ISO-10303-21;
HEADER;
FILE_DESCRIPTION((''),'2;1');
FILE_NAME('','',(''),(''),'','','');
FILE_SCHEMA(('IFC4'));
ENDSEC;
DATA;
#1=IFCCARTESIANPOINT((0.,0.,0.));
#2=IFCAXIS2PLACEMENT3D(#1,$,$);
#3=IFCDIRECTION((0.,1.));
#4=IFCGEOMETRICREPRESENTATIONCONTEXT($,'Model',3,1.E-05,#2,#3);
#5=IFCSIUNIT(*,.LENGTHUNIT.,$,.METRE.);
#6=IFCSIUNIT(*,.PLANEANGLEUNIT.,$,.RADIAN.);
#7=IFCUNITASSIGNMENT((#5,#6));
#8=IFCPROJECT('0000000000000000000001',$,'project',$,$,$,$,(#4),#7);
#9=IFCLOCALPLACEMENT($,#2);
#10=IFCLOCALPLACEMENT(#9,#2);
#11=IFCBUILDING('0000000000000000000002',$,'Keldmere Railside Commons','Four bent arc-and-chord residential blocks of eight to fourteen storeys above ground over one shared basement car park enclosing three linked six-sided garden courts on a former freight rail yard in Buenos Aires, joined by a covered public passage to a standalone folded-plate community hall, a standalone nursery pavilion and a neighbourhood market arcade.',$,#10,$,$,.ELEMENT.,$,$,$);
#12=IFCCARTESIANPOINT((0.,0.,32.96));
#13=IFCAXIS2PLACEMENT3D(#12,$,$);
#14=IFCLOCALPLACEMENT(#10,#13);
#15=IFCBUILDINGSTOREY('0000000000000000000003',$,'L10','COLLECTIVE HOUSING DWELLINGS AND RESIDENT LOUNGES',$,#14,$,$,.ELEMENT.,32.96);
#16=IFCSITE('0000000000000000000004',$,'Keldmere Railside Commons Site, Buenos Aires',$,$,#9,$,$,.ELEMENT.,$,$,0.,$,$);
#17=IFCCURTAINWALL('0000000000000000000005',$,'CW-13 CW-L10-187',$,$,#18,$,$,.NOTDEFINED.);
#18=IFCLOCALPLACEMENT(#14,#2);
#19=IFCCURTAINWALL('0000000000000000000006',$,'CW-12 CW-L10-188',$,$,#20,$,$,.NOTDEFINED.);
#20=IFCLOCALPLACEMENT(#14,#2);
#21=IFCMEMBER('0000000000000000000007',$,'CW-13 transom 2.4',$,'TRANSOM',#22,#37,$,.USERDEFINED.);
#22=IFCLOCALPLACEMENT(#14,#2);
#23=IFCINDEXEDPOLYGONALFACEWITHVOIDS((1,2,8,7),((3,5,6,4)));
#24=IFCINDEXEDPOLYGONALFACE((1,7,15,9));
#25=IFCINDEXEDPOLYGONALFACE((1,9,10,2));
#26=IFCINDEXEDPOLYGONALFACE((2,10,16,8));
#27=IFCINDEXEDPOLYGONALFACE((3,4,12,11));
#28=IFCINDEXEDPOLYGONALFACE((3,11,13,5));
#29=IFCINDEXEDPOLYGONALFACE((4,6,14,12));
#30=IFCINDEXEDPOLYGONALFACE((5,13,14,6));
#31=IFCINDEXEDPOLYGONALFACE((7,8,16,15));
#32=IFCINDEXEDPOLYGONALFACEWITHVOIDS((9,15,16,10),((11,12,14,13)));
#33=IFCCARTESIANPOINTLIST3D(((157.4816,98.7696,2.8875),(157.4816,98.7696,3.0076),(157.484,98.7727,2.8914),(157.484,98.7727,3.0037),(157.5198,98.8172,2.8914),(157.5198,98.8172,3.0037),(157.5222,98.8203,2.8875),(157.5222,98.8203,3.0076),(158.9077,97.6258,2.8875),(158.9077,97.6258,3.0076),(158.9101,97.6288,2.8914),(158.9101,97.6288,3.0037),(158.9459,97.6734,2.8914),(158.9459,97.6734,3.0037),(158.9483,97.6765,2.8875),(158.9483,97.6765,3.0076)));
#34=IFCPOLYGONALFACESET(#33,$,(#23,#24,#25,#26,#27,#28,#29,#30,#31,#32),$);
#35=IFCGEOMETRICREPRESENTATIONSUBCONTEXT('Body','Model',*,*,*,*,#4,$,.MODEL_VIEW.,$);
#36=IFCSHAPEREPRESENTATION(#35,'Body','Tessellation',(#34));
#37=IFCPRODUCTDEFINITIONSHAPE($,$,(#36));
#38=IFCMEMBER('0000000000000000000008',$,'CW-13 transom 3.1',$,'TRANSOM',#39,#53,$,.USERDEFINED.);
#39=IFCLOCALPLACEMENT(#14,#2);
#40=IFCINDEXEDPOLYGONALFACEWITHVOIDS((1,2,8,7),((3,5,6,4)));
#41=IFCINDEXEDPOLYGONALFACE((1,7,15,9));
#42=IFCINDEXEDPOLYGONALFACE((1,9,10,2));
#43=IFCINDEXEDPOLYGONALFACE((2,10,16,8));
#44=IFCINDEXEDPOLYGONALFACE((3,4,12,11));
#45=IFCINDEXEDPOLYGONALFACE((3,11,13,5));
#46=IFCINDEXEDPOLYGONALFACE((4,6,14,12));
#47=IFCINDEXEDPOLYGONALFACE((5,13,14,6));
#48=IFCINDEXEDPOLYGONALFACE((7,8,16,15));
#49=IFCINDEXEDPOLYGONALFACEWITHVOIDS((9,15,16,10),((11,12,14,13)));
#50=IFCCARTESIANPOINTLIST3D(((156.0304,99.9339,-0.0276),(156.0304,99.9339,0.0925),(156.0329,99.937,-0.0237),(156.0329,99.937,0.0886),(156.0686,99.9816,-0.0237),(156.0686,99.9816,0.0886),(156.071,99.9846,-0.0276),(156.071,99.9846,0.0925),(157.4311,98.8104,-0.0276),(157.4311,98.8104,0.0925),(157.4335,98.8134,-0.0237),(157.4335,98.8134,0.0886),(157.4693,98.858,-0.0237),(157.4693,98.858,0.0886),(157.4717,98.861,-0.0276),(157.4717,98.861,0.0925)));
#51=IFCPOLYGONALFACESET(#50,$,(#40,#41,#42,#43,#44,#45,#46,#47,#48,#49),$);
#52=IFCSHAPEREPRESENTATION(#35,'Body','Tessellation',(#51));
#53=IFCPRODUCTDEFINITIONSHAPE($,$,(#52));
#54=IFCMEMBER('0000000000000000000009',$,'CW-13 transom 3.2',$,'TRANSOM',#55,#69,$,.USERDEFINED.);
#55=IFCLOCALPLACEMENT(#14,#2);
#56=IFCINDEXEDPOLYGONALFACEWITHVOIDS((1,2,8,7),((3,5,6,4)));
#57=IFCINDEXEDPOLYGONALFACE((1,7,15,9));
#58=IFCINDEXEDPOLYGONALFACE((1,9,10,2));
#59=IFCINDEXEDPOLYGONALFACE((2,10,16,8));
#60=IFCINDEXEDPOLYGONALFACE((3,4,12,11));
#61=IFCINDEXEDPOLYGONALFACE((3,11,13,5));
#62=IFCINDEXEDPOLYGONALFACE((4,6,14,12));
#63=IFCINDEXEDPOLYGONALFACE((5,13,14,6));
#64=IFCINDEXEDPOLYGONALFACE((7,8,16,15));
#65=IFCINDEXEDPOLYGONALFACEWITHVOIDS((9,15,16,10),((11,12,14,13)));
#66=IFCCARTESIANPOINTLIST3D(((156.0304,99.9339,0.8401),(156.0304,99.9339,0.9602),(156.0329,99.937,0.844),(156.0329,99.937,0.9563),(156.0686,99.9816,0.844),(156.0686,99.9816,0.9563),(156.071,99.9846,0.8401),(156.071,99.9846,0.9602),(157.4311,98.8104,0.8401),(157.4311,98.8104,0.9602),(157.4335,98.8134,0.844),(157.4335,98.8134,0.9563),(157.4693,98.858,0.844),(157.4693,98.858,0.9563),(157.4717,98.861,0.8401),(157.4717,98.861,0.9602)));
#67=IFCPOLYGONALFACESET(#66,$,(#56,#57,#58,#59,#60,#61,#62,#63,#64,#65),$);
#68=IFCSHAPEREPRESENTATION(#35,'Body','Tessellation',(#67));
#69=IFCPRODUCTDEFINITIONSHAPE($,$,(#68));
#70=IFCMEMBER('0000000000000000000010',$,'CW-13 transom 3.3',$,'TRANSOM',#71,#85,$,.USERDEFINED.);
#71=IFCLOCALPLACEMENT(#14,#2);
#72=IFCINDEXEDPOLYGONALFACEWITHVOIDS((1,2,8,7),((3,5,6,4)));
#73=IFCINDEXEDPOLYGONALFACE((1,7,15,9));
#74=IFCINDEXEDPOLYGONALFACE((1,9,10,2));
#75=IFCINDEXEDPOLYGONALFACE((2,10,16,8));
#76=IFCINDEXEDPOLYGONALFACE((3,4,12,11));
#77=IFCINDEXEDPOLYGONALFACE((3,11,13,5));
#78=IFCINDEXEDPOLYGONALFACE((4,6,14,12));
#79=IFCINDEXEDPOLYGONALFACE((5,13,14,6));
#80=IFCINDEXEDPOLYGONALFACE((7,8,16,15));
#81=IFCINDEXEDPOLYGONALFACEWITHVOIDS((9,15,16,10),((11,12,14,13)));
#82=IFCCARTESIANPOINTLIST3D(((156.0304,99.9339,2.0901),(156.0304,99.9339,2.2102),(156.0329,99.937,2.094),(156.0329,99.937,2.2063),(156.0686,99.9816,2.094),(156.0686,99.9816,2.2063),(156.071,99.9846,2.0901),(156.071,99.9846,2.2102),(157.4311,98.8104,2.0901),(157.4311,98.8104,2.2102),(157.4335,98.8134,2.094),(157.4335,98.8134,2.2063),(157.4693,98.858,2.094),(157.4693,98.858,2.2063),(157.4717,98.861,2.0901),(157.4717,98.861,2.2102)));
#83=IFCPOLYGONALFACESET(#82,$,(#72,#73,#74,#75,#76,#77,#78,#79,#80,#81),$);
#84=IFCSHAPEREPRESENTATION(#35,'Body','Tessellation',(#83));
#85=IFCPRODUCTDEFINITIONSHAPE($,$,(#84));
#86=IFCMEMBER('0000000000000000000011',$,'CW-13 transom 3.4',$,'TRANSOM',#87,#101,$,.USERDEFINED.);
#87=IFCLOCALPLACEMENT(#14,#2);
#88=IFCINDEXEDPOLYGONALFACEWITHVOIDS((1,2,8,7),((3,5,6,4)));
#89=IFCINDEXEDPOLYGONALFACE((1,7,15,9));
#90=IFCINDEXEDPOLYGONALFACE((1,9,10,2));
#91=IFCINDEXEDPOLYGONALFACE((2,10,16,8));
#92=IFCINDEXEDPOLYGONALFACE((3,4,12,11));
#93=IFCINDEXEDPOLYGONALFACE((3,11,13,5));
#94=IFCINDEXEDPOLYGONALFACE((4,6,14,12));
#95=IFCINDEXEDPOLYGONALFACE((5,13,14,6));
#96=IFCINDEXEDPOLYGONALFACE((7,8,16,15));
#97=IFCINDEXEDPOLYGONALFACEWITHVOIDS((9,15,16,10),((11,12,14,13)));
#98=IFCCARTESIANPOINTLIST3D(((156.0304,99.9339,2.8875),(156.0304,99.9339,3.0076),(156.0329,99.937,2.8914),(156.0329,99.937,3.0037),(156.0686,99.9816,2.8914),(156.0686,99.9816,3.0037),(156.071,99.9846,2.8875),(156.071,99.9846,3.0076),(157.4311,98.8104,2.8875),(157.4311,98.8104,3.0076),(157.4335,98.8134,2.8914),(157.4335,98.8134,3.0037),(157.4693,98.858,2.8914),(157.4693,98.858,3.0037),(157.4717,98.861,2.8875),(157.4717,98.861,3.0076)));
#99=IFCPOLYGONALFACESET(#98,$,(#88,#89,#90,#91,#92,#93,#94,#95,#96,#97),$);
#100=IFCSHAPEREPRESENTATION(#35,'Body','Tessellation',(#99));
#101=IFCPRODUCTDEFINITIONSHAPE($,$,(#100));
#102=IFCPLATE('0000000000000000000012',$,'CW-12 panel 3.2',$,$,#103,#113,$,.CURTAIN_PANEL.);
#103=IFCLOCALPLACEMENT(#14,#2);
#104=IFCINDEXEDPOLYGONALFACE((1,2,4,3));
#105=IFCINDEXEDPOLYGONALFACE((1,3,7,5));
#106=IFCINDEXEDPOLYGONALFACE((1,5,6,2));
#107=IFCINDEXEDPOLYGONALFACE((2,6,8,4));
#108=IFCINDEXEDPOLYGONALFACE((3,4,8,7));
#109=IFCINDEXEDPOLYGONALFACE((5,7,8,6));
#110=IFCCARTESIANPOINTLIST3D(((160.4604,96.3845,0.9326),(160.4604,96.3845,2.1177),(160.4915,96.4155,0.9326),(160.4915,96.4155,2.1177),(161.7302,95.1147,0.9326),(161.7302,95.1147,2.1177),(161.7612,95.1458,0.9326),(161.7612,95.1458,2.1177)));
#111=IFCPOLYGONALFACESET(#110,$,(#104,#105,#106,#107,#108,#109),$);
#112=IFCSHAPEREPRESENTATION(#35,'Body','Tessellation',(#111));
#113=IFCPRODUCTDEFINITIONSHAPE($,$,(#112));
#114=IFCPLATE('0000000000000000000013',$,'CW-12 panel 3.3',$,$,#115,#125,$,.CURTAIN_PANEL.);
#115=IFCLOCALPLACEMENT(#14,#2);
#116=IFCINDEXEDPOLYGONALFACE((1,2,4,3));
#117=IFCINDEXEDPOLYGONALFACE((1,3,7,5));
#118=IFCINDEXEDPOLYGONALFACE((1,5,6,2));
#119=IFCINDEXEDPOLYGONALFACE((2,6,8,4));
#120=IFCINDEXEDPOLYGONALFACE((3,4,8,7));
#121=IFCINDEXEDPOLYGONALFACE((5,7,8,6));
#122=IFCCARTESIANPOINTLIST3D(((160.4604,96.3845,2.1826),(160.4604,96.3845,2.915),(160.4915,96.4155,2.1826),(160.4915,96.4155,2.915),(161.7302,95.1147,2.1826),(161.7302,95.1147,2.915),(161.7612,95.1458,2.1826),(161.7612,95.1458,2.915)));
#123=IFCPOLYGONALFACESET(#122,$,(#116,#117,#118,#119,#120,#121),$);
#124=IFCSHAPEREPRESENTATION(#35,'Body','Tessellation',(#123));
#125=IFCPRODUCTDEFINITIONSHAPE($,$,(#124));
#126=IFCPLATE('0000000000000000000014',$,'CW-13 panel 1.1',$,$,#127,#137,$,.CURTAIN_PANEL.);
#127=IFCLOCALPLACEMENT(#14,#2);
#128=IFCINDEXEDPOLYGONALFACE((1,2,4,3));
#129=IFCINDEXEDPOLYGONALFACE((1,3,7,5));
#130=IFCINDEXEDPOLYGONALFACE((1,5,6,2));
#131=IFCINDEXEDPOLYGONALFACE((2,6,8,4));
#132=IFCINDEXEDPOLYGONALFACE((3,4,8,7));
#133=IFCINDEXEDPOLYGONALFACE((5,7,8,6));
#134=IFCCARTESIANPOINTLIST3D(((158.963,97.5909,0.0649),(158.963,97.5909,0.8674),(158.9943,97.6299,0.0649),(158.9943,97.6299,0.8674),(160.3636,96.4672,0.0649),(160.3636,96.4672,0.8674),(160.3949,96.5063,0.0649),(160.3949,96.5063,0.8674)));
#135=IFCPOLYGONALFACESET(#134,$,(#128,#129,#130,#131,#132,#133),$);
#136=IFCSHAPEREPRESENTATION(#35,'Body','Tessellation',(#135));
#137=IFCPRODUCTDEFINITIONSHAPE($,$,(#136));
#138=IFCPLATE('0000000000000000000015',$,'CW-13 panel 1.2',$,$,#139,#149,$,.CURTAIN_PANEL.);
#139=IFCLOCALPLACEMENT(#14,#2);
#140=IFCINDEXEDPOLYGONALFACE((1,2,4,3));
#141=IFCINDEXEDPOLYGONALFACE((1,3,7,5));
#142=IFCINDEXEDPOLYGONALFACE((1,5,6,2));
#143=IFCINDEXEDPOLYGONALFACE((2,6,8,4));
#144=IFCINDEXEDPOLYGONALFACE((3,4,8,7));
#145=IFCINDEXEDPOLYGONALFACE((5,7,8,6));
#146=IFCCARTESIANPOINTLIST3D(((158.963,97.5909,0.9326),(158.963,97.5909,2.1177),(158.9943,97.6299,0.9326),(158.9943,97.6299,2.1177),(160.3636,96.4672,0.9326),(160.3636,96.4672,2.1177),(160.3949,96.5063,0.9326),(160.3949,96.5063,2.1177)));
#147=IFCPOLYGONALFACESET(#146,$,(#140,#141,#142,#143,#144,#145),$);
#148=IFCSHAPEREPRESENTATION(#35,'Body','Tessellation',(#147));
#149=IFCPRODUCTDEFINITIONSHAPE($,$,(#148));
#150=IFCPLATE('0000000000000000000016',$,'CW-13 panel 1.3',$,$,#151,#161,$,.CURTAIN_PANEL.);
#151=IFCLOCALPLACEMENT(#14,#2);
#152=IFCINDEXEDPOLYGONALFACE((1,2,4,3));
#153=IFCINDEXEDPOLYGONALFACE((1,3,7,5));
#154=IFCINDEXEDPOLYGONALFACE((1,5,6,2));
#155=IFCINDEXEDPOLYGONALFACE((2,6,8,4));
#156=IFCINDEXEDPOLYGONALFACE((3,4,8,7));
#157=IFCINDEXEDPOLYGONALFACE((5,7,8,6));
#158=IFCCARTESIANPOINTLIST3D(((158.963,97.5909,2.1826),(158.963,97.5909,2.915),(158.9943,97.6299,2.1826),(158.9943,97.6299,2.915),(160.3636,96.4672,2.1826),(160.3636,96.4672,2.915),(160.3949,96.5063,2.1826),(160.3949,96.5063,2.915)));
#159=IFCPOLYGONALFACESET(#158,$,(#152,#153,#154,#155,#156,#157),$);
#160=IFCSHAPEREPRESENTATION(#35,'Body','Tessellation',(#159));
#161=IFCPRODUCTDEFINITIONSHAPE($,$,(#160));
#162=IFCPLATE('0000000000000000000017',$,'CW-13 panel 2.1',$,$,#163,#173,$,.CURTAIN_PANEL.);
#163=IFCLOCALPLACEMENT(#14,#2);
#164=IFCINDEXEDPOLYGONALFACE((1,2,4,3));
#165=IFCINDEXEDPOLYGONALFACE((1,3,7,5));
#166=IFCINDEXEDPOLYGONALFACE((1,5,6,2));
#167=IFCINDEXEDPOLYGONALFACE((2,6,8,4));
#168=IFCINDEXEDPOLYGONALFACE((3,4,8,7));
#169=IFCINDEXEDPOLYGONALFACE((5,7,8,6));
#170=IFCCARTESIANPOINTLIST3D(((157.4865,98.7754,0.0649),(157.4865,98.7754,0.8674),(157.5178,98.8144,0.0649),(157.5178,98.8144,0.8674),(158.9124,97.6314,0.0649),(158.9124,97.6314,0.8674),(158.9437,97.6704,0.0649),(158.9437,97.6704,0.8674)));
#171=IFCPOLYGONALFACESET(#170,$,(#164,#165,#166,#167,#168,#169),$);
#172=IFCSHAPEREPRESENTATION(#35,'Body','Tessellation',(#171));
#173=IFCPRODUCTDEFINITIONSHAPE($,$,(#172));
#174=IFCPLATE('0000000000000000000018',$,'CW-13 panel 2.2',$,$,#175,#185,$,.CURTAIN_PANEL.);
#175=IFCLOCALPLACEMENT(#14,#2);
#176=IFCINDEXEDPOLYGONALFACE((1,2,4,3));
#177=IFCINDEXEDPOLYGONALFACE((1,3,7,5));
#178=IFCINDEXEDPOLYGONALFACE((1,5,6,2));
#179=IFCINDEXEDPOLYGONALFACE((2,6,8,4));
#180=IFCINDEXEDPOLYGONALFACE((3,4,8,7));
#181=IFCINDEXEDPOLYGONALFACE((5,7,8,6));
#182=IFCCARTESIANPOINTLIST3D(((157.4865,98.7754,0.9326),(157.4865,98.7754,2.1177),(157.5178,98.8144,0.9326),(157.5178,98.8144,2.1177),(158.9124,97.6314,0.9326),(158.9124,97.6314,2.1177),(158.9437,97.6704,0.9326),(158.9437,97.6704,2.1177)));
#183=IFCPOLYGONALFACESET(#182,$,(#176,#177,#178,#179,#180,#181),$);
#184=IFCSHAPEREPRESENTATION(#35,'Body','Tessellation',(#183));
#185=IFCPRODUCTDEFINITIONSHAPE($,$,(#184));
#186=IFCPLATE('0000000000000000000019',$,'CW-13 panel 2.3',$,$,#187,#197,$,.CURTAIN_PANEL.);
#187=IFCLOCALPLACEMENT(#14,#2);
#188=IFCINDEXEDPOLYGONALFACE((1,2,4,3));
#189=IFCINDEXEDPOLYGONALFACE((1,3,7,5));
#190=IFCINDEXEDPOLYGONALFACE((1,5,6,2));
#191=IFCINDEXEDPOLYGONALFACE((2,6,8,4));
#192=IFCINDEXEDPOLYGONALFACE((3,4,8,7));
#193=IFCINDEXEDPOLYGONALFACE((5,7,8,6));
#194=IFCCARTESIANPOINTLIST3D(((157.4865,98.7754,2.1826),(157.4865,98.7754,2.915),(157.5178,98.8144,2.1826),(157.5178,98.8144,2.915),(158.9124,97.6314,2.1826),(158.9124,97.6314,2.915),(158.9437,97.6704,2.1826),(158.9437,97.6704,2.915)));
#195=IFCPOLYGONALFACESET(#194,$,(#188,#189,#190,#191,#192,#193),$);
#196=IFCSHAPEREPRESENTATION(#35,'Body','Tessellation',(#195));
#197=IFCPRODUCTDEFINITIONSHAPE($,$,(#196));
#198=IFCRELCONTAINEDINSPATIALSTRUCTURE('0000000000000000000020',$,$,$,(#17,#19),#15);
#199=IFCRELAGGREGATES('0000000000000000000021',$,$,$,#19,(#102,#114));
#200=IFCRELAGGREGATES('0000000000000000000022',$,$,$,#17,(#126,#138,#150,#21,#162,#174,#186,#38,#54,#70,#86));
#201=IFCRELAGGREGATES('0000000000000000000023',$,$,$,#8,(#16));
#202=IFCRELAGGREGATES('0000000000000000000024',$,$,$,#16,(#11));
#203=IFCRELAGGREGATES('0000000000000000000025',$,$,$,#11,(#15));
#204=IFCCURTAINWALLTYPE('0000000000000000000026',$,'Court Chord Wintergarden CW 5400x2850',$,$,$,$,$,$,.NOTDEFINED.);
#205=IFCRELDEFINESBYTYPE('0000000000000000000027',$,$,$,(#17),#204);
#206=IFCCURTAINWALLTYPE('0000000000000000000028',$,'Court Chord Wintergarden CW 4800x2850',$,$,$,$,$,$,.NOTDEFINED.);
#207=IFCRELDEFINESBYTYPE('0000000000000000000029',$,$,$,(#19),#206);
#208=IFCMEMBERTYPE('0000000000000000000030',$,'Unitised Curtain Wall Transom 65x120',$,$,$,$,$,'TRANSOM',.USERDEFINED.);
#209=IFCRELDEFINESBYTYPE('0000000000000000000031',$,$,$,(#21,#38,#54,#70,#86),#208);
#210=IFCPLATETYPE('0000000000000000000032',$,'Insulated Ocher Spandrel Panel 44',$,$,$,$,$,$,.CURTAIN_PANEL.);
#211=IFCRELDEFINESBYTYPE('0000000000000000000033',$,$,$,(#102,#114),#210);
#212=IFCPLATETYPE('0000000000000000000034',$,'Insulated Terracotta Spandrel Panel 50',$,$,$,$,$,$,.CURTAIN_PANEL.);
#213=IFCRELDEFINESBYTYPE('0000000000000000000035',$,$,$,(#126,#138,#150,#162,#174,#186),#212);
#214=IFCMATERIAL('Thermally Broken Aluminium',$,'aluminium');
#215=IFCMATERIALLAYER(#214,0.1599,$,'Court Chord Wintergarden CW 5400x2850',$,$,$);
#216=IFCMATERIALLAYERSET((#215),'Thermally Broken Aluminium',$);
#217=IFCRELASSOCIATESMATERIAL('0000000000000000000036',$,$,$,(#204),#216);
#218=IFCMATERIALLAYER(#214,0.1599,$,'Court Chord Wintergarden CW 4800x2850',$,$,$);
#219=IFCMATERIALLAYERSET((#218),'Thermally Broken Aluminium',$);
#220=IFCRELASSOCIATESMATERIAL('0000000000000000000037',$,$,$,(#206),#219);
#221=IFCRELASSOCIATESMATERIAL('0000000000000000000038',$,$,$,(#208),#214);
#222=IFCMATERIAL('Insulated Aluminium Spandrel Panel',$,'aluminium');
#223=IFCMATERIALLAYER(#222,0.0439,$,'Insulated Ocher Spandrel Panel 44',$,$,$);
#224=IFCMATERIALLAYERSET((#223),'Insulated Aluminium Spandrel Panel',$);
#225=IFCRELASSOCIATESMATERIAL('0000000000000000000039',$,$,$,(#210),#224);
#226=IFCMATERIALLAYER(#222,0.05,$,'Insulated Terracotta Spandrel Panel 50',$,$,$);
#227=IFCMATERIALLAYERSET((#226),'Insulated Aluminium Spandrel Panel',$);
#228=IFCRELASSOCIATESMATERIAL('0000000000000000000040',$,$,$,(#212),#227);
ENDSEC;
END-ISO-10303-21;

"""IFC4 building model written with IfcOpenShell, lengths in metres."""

from ifc_helpers import new_model, si_unit, direction, frame, origin, origin_2d, place, context, subcontext, project, spatial, rectangle, hollow_rectangle, extrude, material, layer, layer_set, material_profile, profile_set, type_object, element, aggregate, save


model = new_model("IFC4")

# Units and contexts
model_context = context("Model", 3, precision=1e-05, world=origin(), true_north=direction((0.0, 1.0)))
body_context = subcontext(model_context, "Body", "Model", "MODEL_VIEW")
ifc_project = project(units=[si_unit("LENGTHUNIT", "METRE"), si_unit("PLANEANGLEUNIT", "RADIAN")], contexts=[model_context])

# Site, building, storey
site_placement = place(None, origin())
site = spatial("IfcSite", under=ifc_project, at=site_placement, Name="Keldmere Railside Commons Site, Buenos Aires", CompositionType="ELEMENT", RefElevation=0.0)
building_placement = place(site_placement, origin())
building = spatial("IfcBuilding", under=site, at=building_placement, Name="Keldmere Railside Commons", Description="Four bent arc-and-chord residential blocks of eight to fourteen storeys above ground over one shared basement car park enclosing three linked six-sided garden courts on a former freight rail yard in Buenos Aires, joined by a covered public passage to a standalone folded-plate community hall, a standalone nursery pavilion and a neighbourhood market arcade.", CompositionType="ELEMENT")
storey_placement = place(building_placement, frame((0.0, 0.0, 32.96)))
storey = spatial("IfcBuildingStorey", under=building, at=storey_placement, Name="L10", Description="COLLECTIVE HOUSING DWELLINGS AND RESIDENT LOUNGES", CompositionType="ELEMENT", Elevation=32.96)

# Curtain wall
ifc_material_1 = material(Name="Thermally Broken Aluminium", Category="aluminium")
ifc_layer_1 = layer(ifc_material_1, 0.1599, Name="Court Chord Wintergarden CW 5400x2850")
ifc_layer_set_1 = layer_set([ifc_layer_1], Name="Thermally Broken Aluminium")
curtain_wall_type_1 = type_object("IfcCurtainWallType", Name="Court Chord Wintergarden CW 5400x2850", PredefinedType="NOTDEFINED", material=ifc_layer_set_1)
curtain_wall_1_placement = place(storey_placement, origin())
curtain_wall_1 = element("IfcCurtainWall", 1, at=curtain_wall_1_placement, inside=storey, type_object=curtain_wall_type_1, Name="CW-13 CW-L10-187", PredefinedType="NOTDEFINED")

# Curtain wall
ifc_layer_2 = layer(ifc_material_1, 0.1599, Name="Court Chord Wintergarden CW 4800x2850")
ifc_layer_set_2 = layer_set([ifc_layer_2], Name="Thermally Broken Aluminium")
curtain_wall_type_2 = type_object("IfcCurtainWallType", Name="Court Chord Wintergarden CW 4800x2850", PredefinedType="NOTDEFINED", material=ifc_layer_set_2)
curtain_wall_2_placement = place(storey_placement, origin())
curtain_wall_2 = element("IfcCurtainWall", 2, at=curtain_wall_2_placement, inside=storey, type_object=curtain_wall_type_2, Name="CW-12 CW-L10-188", PredefinedType="NOTDEFINED")

# Members
ifc_material_profile_1 = material_profile(ifc_material_1, hollow_rectangle(XDim=0.0649, YDim=0.1201, WallThickness=0.0039, at=origin_2d()), Name="ALU-TRAN-65x120")
ifc_profile_set_1 = profile_set([ifc_material_profile_1], Name="Thermally Broken Aluminium")
member_type_1 = type_object("IfcMemberType", Name="Unitised Curtain Wall Transom 65x120", ElementType="TRANSOM", PredefinedType="USERDEFINED", material=ifc_profile_set_1)
member_1_placement = place(storey_placement, frame((158.928, 97.6511, 2.9475), z_axis=(-0.780073, 0.625688, 0.0), x_axis=(-0.625688, -0.780073, 0.0)))
member_1 = element("IfcMember", 3, at=member_1_placement, type_object=member_type_1, Name="CW-13 transom 2.4", ObjectType="TRANSOM", PredefinedType="USERDEFINED", context=body_context, shape_type="SweptSolid", body=[
    extrude(hollow_rectangle(XDim=0.0649, YDim=0.1201, WallThickness=0.0039, at=origin_2d()), origin(), (0.0, 0.0, 1.0), 1.8281),
])
member_2_placement = place(storey_placement, frame((157.4514, 98.8357, 0.0325), z_axis=(-0.780046, 0.625723, 0.0), x_axis=(-0.625723, -0.780046, 0.0)))
member_2 = element("IfcMember", 4, at=member_2_placement, type_object=member_type_1, Name="CW-13 transom 3.1", ObjectType="TRANSOM", PredefinedType="USERDEFINED", context=body_context, shape_type="SweptSolid", body=[
    extrude(hollow_rectangle(XDim=0.0649, YDim=0.1201, WallThickness=0.0039, at=origin_2d()), origin(), (0.0, 0.0, 1.0), 1.7957),
])
member_3_placement = place(storey_placement, frame((157.4514, 98.8357, 0.9001), z_axis=(-0.780046, 0.625723, 0.0), x_axis=(-0.625723, -0.780046, 0.0)))
member_3 = element("IfcMember", 5, at=member_3_placement, type_object=member_type_1, Name="CW-13 transom 3.2", ObjectType="TRANSOM", PredefinedType="USERDEFINED", context=body_context, shape_type="SweptSolid", body=[
    extrude(hollow_rectangle(XDim=0.0649, YDim=0.1201, WallThickness=0.0039, at=origin_2d()), origin(), (0.0, 0.0, 1.0), 1.7957),
])
member_4_placement = place(storey_placement, frame((157.4514, 98.8357, 2.1501), z_axis=(-0.780046, 0.625723, 0.0), x_axis=(-0.625723, -0.780046, 0.0)))
member_4 = element("IfcMember", 6, at=member_4_placement, type_object=member_type_1, Name="CW-13 transom 3.3", ObjectType="TRANSOM", PredefinedType="USERDEFINED", context=body_context, shape_type="SweptSolid", body=[
    extrude(hollow_rectangle(XDim=0.0649, YDim=0.1201, WallThickness=0.0039, at=origin_2d()), origin(), (0.0, 0.0, 1.0), 1.7957),
])
member_5_placement = place(storey_placement, frame((157.4514, 98.8357, 2.9475), z_axis=(-0.780046, 0.625723, 0.0), x_axis=(-0.625723, -0.780046, 0.0)))
member_5 = element("IfcMember", 7, at=member_5_placement, type_object=member_type_1, Name="CW-13 transom 3.4", ObjectType="TRANSOM", PredefinedType="USERDEFINED", context=body_context, shape_type="SweptSolid", body=[
    extrude(hollow_rectangle(XDim=0.0649, YDim=0.1201, WallThickness=0.0039, at=origin_2d()), origin(), (0.0, 0.0, 1.0), 1.7957),
])

# Plates
ifc_material_2 = material(Name="Insulated Aluminium Spandrel Panel", Category="aluminium")
ifc_layer_3 = layer(ifc_material_2, 0.0439, Name="Insulated Ocher Spandrel Panel 44")
ifc_layer_set_3 = layer_set([ifc_layer_3], Name="Insulated Aluminium Spandrel Panel")
plate_type_1 = type_object("IfcPlateType", Name="Insulated Ocher Spandrel Panel 44", PredefinedType="CURTAIN_PANEL", material=ifc_layer_set_3)
plate_1_placement = place(storey_placement, frame((161.1108, 95.7651, 0.9326), z_axis=(0.0, 0.0, 1.0), x_axis=(-0.707107, 0.707107, 0.0)))
plate_1 = element("IfcPlate", 8, at=plate_1_placement, type_object=plate_type_1, Name="CW-12 panel 3.2", PredefinedType="CURTAIN_PANEL", context=body_context, shape_type="SweptSolid", body=[
    extrude(rectangle(XDim=1.7957, YDim=0.0439, at=origin_2d()), origin(), (0.0, 0.0, 1.0), 1.1851),
])
plate_2_placement = place(storey_placement, frame((161.1108, 95.7651, 2.1826), z_axis=(0.0, 0.0, 1.0), x_axis=(-0.707107, 0.707107, 0.0)))
plate_2 = element("IfcPlate", 9, at=plate_2_placement, type_object=plate_type_1, Name="CW-12 panel 3.3", PredefinedType="CURTAIN_PANEL", context=body_context, shape_type="SweptSolid", body=[
    extrude(rectangle(XDim=1.7957, YDim=0.0439, at=origin_2d()), origin(), (0.0, 0.0, 1.0), 0.7324),
])
aggregate(curtain_wall_2, [plate_1, plate_2])
ifc_layer_4 = layer(ifc_material_2, 0.05, Name="Insulated Terracotta Spandrel Panel 50")
ifc_layer_set_4 = layer_set([ifc_layer_4], Name="Insulated Aluminium Spandrel Panel")
plate_type_2 = type_object("IfcPlateType", Name="Insulated Terracotta Spandrel Panel 50", PredefinedType="CURTAIN_PANEL", material=ifc_layer_set_4)
plate_3_placement = place(storey_placement, frame((159.679, 97.0486, 0.0649), z_axis=(0.0, 0.0, 1.0), x_axis=(-0.780009, 0.625768, 0.0)))
plate_3 = element("IfcPlate", 10, at=plate_3_placement, type_object=plate_type_2, Name="CW-13 panel 1.1", PredefinedType="CURTAIN_PANEL", context=body_context, shape_type="SweptSolid", body=[
    extrude(rectangle(XDim=1.7957, YDim=0.05, at=origin_2d()), origin(), (0.0, 0.0, 1.0), 0.8025),
])
plate_4_placement = place(storey_placement, frame((159.679, 97.0486, 0.9326), z_axis=(0.0, 0.0, 1.0), x_axis=(-0.780009, 0.625768, 0.0)))
plate_4 = element("IfcPlate", 11, at=plate_4_placement, type_object=plate_type_2, Name="CW-13 panel 1.2", PredefinedType="CURTAIN_PANEL", context=body_context, shape_type="SweptSolid", body=[
    extrude(rectangle(XDim=1.7957, YDim=0.05, at=origin_2d()), origin(), (0.0, 0.0, 1.0), 1.1851),
])
plate_5_placement = place(storey_placement, frame((159.679, 97.0486, 2.1826), z_axis=(0.0, 0.0, 1.0), x_axis=(-0.780009, 0.625768, 0.0)))
plate_5 = element("IfcPlate", 12, at=plate_5_placement, type_object=plate_type_2, Name="CW-13 panel 1.3", PredefinedType="CURTAIN_PANEL", context=body_context, shape_type="SweptSolid", body=[
    extrude(rectangle(XDim=1.7957, YDim=0.05, at=origin_2d()), origin(), (0.0, 0.0, 1.0), 0.7324),
])
plate_6_placement = place(storey_placement, frame((158.2151, 98.2229, 0.0649), z_axis=(0.0, 0.0, 1.0), x_axis=(-0.780009, 0.625768, 0.0)))
plate_6 = element("IfcPlate", 13, at=plate_6_placement, type_object=plate_type_2, Name="CW-13 panel 2.1", PredefinedType="CURTAIN_PANEL", context=body_context, shape_type="SweptSolid", body=[
    extrude(rectangle(XDim=1.8281, YDim=0.05, at=origin_2d()), origin(), (0.0, 0.0, 1.0), 0.8025),
])
plate_7_placement = place(storey_placement, frame((158.2151, 98.2229, 0.9326), z_axis=(0.0, 0.0, 1.0), x_axis=(-0.780009, 0.625768, 0.0)))
plate_7 = element("IfcPlate", 14, at=plate_7_placement, type_object=plate_type_2, Name="CW-13 panel 2.2", PredefinedType="CURTAIN_PANEL", context=body_context, shape_type="SweptSolid", body=[
    extrude(rectangle(XDim=1.8281, YDim=0.05, at=origin_2d()), origin(), (0.0, 0.0, 1.0), 1.1851),
])
plate_8_placement = place(storey_placement, frame((158.2151, 98.2229, 2.1826), z_axis=(0.0, 0.0, 1.0), x_axis=(-0.780009, 0.625768, 0.0)))
plate_8 = element("IfcPlate", 15, at=plate_8_placement, type_object=plate_type_2, Name="CW-13 panel 2.3", PredefinedType="CURTAIN_PANEL", context=body_context, shape_type="SweptSolid", body=[
    extrude(rectangle(XDim=1.8281, YDim=0.05, at=origin_2d()), origin(), (0.0, 0.0, 1.0), 0.7324),
])
aggregate(curtain_wall_1, [plate_3, plate_4, plate_5, member_1, plate_6, plate_7, plate_8, member_2, member_3, member_4, member_5])

save(model, "model.ifc")
